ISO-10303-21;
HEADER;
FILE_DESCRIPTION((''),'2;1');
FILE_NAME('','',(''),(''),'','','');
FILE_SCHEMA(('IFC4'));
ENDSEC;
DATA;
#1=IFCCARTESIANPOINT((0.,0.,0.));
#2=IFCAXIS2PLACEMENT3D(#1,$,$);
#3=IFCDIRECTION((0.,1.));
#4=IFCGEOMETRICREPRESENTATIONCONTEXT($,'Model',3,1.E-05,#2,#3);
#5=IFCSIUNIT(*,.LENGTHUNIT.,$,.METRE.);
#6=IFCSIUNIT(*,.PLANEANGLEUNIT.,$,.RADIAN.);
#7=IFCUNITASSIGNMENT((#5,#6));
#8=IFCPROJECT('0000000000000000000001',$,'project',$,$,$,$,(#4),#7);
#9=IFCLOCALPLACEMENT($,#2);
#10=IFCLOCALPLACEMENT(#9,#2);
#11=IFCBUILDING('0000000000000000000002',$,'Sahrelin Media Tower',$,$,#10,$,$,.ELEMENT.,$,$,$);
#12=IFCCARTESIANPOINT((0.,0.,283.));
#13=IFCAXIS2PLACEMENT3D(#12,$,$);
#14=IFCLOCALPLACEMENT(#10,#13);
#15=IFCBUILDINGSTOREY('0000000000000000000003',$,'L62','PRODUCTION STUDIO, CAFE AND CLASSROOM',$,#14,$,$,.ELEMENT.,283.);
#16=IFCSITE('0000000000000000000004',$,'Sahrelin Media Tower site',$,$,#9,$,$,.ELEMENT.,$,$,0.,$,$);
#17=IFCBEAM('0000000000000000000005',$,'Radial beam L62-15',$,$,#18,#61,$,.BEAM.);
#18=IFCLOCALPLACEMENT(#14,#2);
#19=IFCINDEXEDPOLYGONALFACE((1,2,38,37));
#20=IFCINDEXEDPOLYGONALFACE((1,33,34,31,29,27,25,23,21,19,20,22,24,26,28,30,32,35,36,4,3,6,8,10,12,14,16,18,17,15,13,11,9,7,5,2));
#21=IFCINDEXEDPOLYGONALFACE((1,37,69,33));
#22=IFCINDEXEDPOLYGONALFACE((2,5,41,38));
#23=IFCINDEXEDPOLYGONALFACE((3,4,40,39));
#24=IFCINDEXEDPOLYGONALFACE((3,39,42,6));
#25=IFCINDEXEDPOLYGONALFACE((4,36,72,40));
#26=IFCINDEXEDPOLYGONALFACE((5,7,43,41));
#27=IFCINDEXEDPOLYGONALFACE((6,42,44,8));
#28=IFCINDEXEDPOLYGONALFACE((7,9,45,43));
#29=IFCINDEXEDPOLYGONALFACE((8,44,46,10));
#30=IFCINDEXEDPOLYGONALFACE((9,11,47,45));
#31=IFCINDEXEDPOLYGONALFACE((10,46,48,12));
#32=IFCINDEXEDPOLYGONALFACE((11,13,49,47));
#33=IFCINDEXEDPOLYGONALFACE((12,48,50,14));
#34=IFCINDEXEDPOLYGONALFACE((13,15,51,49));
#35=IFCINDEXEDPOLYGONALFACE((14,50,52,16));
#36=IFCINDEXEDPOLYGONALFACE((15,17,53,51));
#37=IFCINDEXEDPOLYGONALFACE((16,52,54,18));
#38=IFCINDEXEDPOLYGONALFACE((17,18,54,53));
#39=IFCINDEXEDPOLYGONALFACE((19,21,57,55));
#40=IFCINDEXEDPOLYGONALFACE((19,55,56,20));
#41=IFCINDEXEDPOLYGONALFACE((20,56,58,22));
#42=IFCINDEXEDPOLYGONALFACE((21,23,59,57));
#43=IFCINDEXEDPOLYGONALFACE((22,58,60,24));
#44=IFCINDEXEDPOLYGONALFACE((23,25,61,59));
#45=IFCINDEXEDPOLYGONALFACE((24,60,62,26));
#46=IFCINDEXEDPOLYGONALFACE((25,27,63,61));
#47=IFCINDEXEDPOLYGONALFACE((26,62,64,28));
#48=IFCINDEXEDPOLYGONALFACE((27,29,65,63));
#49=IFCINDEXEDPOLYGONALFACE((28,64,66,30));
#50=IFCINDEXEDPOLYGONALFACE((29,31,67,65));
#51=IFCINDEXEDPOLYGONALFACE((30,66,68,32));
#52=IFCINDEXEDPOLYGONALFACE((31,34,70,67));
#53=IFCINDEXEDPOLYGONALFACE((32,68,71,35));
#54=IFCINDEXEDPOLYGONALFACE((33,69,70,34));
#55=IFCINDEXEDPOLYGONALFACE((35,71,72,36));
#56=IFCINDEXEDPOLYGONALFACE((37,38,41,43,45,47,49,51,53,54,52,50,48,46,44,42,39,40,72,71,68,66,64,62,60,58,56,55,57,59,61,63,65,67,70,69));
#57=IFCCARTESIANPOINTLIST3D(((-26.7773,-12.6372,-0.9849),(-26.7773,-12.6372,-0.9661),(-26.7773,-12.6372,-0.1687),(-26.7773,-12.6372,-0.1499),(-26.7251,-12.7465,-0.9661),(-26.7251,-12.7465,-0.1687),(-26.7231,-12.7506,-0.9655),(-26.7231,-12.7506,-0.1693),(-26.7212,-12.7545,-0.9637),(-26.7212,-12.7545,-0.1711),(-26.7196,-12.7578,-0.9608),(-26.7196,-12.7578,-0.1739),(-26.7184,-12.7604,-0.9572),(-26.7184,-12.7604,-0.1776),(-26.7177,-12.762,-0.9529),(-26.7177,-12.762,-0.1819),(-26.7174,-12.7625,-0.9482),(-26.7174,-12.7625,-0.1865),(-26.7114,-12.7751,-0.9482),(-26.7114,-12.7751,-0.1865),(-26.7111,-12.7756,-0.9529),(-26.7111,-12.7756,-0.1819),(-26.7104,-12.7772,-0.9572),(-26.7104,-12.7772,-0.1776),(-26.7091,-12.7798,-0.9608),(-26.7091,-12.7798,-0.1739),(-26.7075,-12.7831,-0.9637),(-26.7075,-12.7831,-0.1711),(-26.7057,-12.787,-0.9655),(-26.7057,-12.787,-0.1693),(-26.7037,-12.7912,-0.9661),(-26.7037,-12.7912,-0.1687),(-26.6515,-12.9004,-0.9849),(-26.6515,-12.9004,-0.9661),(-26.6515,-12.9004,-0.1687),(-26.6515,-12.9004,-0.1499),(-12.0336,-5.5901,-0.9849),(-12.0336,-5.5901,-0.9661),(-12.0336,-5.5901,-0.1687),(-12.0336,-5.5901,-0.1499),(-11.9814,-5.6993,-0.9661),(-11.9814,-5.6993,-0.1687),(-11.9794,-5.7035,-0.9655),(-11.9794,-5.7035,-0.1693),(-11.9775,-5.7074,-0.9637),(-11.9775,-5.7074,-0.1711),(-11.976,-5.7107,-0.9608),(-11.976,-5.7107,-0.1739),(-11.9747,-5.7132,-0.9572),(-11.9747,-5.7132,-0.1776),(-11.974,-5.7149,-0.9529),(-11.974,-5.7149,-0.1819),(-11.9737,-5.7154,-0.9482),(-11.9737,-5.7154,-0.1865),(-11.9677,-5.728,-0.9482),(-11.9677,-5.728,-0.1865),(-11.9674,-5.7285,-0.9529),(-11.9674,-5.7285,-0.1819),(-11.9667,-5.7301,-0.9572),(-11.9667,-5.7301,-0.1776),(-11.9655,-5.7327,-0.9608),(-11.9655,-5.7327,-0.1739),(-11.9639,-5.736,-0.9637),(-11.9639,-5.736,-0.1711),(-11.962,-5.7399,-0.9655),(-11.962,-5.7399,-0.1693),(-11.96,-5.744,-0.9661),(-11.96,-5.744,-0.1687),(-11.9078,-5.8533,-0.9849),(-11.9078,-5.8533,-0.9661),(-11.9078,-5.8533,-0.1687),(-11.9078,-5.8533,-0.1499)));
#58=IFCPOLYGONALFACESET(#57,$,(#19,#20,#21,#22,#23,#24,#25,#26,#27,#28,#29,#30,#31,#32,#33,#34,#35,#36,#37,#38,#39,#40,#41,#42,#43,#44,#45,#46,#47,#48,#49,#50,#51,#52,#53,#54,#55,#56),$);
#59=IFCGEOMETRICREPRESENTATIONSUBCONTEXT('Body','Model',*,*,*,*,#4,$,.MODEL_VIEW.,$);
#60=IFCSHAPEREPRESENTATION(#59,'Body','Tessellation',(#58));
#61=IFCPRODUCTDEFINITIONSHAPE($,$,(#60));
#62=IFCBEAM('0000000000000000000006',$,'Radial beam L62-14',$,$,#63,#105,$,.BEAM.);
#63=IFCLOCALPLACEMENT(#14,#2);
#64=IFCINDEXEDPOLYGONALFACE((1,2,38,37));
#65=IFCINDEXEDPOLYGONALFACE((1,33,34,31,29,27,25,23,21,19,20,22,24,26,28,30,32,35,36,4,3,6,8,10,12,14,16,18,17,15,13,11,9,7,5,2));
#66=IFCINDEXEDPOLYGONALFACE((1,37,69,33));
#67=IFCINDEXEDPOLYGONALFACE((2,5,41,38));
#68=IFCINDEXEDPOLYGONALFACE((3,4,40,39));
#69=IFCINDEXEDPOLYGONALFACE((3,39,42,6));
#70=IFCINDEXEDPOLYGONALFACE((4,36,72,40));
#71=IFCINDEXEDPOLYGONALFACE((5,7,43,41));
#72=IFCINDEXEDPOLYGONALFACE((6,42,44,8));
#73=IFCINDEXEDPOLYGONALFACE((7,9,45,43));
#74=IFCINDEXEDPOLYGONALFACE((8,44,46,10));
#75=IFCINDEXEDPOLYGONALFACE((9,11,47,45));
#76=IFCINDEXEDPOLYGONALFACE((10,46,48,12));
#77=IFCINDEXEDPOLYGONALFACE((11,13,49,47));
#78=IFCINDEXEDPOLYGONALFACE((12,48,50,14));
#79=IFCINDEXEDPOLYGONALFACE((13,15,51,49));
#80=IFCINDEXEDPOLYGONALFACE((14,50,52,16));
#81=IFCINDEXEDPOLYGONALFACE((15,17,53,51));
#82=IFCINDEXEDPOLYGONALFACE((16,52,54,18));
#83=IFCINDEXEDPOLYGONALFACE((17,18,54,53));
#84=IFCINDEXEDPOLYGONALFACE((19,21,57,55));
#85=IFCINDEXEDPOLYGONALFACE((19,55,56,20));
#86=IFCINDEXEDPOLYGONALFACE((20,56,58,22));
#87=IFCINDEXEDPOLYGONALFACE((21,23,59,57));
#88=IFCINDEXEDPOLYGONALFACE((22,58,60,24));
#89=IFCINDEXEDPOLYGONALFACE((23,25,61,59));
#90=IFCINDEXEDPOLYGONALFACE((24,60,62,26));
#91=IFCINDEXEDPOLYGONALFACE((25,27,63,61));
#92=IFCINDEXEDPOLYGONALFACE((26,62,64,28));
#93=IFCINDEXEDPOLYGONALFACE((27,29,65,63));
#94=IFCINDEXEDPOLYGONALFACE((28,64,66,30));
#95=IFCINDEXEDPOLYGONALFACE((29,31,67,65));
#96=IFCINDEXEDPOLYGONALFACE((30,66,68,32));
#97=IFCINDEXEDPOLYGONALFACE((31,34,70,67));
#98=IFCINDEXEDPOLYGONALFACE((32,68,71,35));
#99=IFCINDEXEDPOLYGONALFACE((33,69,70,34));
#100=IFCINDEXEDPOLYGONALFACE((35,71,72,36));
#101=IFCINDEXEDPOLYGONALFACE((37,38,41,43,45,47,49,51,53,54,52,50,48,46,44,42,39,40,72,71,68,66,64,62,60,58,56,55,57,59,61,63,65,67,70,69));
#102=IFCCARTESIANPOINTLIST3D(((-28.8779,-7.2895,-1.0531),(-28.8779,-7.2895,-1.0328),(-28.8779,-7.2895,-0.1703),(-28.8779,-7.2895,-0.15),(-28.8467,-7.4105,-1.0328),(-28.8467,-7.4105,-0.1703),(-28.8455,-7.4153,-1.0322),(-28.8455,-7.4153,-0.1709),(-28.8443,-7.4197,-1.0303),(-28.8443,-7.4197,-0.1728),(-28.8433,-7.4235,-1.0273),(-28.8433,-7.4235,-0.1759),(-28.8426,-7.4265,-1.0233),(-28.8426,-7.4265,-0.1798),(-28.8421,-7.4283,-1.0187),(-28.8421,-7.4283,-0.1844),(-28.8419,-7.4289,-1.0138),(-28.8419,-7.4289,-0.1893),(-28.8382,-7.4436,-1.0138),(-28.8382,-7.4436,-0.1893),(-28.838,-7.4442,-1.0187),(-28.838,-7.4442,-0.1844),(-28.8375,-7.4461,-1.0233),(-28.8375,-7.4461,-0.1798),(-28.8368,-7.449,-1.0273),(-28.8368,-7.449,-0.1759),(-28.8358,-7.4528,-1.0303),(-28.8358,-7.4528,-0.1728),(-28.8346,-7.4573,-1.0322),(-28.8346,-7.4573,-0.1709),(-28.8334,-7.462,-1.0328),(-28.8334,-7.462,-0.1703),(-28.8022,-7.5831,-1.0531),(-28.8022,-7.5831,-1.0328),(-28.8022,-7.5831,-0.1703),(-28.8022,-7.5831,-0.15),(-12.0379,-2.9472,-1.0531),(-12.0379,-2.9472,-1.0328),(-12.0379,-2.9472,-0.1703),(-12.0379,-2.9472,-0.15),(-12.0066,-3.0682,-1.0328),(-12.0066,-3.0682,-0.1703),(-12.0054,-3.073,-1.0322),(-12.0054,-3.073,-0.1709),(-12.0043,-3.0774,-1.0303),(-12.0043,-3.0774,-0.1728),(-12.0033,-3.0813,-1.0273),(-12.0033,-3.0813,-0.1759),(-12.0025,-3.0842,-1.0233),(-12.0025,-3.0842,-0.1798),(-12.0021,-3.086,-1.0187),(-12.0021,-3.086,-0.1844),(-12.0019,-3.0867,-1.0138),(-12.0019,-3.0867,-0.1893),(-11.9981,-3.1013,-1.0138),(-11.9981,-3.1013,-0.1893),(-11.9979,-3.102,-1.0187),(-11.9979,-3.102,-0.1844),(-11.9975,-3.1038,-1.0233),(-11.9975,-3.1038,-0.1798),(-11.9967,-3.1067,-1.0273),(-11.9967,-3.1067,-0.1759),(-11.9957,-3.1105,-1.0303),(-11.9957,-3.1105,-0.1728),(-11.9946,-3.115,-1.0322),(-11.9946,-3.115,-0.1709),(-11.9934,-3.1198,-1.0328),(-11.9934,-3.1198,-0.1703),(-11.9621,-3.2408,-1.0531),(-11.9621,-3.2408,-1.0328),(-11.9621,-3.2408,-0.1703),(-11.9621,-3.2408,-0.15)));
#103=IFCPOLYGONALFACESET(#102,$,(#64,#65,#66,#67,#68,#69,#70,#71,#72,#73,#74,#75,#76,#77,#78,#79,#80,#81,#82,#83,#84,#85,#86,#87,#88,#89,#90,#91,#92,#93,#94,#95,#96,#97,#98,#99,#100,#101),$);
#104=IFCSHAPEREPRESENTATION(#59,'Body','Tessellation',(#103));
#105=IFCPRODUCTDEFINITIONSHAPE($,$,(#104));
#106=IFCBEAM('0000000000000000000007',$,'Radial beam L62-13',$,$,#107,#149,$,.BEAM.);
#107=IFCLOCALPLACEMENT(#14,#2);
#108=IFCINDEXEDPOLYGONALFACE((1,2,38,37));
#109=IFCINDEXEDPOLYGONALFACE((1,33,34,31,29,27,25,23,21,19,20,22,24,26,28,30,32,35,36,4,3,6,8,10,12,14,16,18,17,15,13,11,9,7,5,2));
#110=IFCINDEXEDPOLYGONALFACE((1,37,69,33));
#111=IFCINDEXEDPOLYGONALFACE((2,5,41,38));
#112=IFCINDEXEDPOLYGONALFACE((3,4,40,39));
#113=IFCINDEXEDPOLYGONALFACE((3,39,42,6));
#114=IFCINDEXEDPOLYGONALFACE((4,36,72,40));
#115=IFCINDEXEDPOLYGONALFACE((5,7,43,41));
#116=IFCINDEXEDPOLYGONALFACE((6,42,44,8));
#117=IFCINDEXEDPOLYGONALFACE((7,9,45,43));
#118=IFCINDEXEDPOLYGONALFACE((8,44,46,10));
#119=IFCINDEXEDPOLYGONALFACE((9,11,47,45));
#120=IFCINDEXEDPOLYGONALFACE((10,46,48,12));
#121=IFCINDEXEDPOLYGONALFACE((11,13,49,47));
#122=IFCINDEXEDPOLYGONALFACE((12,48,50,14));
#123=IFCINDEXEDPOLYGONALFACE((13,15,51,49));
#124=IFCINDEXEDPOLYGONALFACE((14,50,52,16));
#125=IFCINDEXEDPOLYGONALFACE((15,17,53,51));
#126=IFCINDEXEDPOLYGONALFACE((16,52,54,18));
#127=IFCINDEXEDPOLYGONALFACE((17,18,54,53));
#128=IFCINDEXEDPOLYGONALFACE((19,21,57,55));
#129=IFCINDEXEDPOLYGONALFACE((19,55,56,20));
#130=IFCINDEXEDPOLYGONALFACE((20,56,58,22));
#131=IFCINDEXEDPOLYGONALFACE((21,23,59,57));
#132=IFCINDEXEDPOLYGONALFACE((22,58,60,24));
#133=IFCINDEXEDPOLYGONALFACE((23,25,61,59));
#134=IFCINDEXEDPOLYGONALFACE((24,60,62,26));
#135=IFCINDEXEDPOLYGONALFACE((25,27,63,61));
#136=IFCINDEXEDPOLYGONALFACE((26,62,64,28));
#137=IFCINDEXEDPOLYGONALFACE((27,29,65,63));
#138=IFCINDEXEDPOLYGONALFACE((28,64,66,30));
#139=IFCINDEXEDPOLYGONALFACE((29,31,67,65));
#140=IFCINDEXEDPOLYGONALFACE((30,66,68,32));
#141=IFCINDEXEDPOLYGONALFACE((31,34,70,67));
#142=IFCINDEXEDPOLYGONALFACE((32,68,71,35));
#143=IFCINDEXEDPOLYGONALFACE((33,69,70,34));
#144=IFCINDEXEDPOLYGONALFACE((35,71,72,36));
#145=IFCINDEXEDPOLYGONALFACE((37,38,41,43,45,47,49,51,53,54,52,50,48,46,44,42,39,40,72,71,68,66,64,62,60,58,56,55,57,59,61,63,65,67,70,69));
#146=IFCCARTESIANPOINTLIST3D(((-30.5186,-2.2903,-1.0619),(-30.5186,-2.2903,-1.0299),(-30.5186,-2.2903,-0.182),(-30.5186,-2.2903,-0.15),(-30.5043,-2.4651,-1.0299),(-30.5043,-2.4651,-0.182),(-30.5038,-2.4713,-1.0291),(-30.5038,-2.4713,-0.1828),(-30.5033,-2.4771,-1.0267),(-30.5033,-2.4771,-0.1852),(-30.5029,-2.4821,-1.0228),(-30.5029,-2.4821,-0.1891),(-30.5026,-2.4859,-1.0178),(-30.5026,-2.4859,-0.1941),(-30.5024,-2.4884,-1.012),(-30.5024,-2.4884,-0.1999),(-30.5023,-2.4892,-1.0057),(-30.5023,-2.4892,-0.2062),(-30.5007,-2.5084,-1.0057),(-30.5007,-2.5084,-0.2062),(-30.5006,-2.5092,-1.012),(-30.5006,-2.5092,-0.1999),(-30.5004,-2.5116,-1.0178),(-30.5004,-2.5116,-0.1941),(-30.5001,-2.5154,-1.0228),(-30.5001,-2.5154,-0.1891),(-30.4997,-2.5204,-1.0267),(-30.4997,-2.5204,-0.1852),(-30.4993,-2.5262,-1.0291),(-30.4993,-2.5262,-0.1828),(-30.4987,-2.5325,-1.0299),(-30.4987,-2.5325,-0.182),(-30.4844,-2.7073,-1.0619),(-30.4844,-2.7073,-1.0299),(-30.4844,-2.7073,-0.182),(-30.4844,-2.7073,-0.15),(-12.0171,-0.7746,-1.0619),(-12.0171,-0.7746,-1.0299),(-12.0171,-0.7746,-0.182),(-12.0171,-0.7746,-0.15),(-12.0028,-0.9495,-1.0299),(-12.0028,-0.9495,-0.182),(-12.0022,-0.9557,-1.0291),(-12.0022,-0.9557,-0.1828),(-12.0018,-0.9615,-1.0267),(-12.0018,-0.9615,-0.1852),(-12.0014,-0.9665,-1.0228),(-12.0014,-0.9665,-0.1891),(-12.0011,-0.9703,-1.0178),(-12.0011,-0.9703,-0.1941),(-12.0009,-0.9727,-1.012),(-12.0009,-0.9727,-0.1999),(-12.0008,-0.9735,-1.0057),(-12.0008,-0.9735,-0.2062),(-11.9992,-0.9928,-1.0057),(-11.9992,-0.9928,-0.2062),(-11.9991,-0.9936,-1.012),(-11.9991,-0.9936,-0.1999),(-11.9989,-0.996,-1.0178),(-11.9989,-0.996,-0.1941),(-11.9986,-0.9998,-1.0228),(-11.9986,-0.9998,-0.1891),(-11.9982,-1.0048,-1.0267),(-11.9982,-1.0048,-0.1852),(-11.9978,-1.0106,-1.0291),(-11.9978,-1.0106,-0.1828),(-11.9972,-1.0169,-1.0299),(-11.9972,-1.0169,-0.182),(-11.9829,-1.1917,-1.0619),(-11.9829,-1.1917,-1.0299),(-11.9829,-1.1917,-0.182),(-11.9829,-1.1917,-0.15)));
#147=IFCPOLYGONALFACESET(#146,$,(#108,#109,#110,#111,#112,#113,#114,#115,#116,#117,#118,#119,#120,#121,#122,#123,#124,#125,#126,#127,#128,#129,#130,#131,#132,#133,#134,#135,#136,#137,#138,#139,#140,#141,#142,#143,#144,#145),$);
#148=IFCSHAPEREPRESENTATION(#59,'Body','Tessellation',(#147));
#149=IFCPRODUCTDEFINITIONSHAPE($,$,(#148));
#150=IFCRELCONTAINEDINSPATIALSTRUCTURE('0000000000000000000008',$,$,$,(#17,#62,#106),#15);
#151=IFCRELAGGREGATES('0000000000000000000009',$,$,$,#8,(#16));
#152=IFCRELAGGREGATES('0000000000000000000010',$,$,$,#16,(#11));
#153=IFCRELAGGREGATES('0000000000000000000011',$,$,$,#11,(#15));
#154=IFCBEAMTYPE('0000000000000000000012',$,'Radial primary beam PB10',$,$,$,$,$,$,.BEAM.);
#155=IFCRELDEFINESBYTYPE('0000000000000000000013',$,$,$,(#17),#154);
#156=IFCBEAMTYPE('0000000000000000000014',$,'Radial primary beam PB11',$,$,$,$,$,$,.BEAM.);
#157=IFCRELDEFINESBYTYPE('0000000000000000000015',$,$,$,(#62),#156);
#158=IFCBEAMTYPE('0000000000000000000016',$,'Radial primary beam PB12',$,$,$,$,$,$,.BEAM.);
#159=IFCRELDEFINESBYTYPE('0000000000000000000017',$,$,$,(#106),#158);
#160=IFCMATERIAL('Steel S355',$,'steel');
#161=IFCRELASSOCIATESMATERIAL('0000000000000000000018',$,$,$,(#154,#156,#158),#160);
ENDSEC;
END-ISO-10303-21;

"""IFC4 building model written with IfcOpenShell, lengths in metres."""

from ifc_helpers import new_model, si_unit, direction, frame, origin, origin_2d, place, context, subcontext, project, spatial, i_section, extrude, material, material_profile, profile_set, type_object, element, save


model = new_model("IFC4")

# Units and contexts
model_context = context("Model", 3, precision=1e-05, world=origin(), true_north=direction((0.0, 1.0)))
body_context = subcontext(model_context, "Body", "Model", "MODEL_VIEW")
ifc_project = project(units=[si_unit("LENGTHUNIT", "METRE"), si_unit("PLANEANGLEUNIT", "RADIAN")], contexts=[model_context])

# Site, building, storey
site_placement = place(None, origin())
site = spatial("IfcSite", under=ifc_project, at=site_placement, Name="Sahrelin Media Tower site", CompositionType="ELEMENT", RefElevation=0.0)
building_placement = place(site_placement, origin())
building = spatial("IfcBuilding", under=site, at=building_placement, Name="Sahrelin Media Tower", CompositionType="ELEMENT")
storey_placement = place(building_placement, frame((0.0, 0.0, 283.0)))
storey = spatial("IfcBuildingStorey", under=building, at=storey_placement, Name="L62", Description="PRODUCTION STUDIO, CAFE AND CLASSROOM", CompositionType="ELEMENT", Elevation=283.0)

# Beams
ifc_material_1 = material(Name="Steel S355", Category="steel")
ifc_material_profile_1 = material_profile(ifc_material_1, i_section(OverallWidth=0.2917, OverallDepth=0.835, WebThickness=0.0139, FlangeThickness=0.0188, FilletRadius=0.0178, at=origin_2d()), Name="UB 838x292x176")
ifc_profile_set_1 = profile_set([ifc_material_profile_1], Name="Steel S355")
beam_type_1 = type_object("IfcBeamType", Name="Radial primary beam PB10", PredefinedType="BEAM", material=ifc_profile_set_1)
beam_1_placement = place(storey_placement, frame((-11.9707, -5.7217, -0.5674), z_axis=(-0.902234, -0.431247, 0.0), x_axis=(0.431247, -0.902234, 0.0)))
element("IfcBeam", 1, at=beam_1_placement, inside=storey, type_object=beam_type_1, Name="Radial beam L62-15", PredefinedType="BEAM", context=body_context, shape_type="SweptSolid", body=[
    extrude(i_section(OverallWidth=0.2917, OverallDepth=0.835, WebThickness=0.0139, FlangeThickness=0.0188, FilletRadius=0.0178, at=origin_2d()), origin(), (0.0, 0.0, 1.0), 16.3413),
])
ifc_material_profile_2 = material_profile(ifc_material_1, i_section(OverallWidth=0.3032, OverallDepth=0.9031, WebThickness=0.0151, FlangeThickness=0.0203, FilletRadius=0.019, at=origin_2d()), Name="UB 914x305x201")
ifc_profile_set_2 = profile_set([ifc_material_profile_2], Name="Steel S355")
beam_type_2 = type_object("IfcBeamType", Name="Radial primary beam PB11", PredefinedType="BEAM", material=ifc_profile_set_2)
beam_2_placement = place(storey_placement, frame((-12.0, -3.094, -0.6016), z_axis=(-0.968327, -0.249687, 0.0), x_axis=(0.249687, -0.968327, 0.0)))
element("IfcBeam", 2, at=beam_2_placement, inside=storey, type_object=beam_type_2, Name="Radial beam L62-14", PredefinedType="BEAM", context=body_context, shape_type="SweptSolid", body=[
    extrude(i_section(OverallWidth=0.3032, OverallDepth=0.9031, WebThickness=0.0151, FlangeThickness=0.0203, FilletRadius=0.019, at=origin_2d()), origin(), (0.0, 0.0, 1.0), 17.3909),
])
ifc_material_profile_3 = material_profile(ifc_material_1, i_section(OverallWidth=0.4185, OverallDepth=0.9119, WebThickness=0.0193, FlangeThickness=0.032, FilletRadius=0.0242, at=origin_2d()), Name="UB 914x419x343")
ifc_profile_set_3 = profile_set([ifc_material_profile_3], Name="Steel S355")
beam_type_3 = type_object("IfcBeamType", Name="Radial primary beam PB12", PredefinedType="BEAM", material=ifc_profile_set_3)
beam_3_placement = place(storey_placement, frame((-12.0, -0.9832, -0.606), z_axis=(-0.996661, -0.081646, 0.0), x_axis=(0.081646, -0.996661, 0.0)))
element("IfcBeam", 3, at=beam_3_placement, inside=storey, type_object=beam_type_3, Name="Radial beam L62-13", PredefinedType="BEAM", context=body_context, shape_type="SweptSolid", body=[
    extrude(i_section(OverallWidth=0.4185, OverallDepth=0.9119, WebThickness=0.0193, FlangeThickness=0.032, FilletRadius=0.0242, at=origin_2d()), origin(), (0.0, 0.0, 1.0), 18.5635),
])

save(model, "model.ifc")
